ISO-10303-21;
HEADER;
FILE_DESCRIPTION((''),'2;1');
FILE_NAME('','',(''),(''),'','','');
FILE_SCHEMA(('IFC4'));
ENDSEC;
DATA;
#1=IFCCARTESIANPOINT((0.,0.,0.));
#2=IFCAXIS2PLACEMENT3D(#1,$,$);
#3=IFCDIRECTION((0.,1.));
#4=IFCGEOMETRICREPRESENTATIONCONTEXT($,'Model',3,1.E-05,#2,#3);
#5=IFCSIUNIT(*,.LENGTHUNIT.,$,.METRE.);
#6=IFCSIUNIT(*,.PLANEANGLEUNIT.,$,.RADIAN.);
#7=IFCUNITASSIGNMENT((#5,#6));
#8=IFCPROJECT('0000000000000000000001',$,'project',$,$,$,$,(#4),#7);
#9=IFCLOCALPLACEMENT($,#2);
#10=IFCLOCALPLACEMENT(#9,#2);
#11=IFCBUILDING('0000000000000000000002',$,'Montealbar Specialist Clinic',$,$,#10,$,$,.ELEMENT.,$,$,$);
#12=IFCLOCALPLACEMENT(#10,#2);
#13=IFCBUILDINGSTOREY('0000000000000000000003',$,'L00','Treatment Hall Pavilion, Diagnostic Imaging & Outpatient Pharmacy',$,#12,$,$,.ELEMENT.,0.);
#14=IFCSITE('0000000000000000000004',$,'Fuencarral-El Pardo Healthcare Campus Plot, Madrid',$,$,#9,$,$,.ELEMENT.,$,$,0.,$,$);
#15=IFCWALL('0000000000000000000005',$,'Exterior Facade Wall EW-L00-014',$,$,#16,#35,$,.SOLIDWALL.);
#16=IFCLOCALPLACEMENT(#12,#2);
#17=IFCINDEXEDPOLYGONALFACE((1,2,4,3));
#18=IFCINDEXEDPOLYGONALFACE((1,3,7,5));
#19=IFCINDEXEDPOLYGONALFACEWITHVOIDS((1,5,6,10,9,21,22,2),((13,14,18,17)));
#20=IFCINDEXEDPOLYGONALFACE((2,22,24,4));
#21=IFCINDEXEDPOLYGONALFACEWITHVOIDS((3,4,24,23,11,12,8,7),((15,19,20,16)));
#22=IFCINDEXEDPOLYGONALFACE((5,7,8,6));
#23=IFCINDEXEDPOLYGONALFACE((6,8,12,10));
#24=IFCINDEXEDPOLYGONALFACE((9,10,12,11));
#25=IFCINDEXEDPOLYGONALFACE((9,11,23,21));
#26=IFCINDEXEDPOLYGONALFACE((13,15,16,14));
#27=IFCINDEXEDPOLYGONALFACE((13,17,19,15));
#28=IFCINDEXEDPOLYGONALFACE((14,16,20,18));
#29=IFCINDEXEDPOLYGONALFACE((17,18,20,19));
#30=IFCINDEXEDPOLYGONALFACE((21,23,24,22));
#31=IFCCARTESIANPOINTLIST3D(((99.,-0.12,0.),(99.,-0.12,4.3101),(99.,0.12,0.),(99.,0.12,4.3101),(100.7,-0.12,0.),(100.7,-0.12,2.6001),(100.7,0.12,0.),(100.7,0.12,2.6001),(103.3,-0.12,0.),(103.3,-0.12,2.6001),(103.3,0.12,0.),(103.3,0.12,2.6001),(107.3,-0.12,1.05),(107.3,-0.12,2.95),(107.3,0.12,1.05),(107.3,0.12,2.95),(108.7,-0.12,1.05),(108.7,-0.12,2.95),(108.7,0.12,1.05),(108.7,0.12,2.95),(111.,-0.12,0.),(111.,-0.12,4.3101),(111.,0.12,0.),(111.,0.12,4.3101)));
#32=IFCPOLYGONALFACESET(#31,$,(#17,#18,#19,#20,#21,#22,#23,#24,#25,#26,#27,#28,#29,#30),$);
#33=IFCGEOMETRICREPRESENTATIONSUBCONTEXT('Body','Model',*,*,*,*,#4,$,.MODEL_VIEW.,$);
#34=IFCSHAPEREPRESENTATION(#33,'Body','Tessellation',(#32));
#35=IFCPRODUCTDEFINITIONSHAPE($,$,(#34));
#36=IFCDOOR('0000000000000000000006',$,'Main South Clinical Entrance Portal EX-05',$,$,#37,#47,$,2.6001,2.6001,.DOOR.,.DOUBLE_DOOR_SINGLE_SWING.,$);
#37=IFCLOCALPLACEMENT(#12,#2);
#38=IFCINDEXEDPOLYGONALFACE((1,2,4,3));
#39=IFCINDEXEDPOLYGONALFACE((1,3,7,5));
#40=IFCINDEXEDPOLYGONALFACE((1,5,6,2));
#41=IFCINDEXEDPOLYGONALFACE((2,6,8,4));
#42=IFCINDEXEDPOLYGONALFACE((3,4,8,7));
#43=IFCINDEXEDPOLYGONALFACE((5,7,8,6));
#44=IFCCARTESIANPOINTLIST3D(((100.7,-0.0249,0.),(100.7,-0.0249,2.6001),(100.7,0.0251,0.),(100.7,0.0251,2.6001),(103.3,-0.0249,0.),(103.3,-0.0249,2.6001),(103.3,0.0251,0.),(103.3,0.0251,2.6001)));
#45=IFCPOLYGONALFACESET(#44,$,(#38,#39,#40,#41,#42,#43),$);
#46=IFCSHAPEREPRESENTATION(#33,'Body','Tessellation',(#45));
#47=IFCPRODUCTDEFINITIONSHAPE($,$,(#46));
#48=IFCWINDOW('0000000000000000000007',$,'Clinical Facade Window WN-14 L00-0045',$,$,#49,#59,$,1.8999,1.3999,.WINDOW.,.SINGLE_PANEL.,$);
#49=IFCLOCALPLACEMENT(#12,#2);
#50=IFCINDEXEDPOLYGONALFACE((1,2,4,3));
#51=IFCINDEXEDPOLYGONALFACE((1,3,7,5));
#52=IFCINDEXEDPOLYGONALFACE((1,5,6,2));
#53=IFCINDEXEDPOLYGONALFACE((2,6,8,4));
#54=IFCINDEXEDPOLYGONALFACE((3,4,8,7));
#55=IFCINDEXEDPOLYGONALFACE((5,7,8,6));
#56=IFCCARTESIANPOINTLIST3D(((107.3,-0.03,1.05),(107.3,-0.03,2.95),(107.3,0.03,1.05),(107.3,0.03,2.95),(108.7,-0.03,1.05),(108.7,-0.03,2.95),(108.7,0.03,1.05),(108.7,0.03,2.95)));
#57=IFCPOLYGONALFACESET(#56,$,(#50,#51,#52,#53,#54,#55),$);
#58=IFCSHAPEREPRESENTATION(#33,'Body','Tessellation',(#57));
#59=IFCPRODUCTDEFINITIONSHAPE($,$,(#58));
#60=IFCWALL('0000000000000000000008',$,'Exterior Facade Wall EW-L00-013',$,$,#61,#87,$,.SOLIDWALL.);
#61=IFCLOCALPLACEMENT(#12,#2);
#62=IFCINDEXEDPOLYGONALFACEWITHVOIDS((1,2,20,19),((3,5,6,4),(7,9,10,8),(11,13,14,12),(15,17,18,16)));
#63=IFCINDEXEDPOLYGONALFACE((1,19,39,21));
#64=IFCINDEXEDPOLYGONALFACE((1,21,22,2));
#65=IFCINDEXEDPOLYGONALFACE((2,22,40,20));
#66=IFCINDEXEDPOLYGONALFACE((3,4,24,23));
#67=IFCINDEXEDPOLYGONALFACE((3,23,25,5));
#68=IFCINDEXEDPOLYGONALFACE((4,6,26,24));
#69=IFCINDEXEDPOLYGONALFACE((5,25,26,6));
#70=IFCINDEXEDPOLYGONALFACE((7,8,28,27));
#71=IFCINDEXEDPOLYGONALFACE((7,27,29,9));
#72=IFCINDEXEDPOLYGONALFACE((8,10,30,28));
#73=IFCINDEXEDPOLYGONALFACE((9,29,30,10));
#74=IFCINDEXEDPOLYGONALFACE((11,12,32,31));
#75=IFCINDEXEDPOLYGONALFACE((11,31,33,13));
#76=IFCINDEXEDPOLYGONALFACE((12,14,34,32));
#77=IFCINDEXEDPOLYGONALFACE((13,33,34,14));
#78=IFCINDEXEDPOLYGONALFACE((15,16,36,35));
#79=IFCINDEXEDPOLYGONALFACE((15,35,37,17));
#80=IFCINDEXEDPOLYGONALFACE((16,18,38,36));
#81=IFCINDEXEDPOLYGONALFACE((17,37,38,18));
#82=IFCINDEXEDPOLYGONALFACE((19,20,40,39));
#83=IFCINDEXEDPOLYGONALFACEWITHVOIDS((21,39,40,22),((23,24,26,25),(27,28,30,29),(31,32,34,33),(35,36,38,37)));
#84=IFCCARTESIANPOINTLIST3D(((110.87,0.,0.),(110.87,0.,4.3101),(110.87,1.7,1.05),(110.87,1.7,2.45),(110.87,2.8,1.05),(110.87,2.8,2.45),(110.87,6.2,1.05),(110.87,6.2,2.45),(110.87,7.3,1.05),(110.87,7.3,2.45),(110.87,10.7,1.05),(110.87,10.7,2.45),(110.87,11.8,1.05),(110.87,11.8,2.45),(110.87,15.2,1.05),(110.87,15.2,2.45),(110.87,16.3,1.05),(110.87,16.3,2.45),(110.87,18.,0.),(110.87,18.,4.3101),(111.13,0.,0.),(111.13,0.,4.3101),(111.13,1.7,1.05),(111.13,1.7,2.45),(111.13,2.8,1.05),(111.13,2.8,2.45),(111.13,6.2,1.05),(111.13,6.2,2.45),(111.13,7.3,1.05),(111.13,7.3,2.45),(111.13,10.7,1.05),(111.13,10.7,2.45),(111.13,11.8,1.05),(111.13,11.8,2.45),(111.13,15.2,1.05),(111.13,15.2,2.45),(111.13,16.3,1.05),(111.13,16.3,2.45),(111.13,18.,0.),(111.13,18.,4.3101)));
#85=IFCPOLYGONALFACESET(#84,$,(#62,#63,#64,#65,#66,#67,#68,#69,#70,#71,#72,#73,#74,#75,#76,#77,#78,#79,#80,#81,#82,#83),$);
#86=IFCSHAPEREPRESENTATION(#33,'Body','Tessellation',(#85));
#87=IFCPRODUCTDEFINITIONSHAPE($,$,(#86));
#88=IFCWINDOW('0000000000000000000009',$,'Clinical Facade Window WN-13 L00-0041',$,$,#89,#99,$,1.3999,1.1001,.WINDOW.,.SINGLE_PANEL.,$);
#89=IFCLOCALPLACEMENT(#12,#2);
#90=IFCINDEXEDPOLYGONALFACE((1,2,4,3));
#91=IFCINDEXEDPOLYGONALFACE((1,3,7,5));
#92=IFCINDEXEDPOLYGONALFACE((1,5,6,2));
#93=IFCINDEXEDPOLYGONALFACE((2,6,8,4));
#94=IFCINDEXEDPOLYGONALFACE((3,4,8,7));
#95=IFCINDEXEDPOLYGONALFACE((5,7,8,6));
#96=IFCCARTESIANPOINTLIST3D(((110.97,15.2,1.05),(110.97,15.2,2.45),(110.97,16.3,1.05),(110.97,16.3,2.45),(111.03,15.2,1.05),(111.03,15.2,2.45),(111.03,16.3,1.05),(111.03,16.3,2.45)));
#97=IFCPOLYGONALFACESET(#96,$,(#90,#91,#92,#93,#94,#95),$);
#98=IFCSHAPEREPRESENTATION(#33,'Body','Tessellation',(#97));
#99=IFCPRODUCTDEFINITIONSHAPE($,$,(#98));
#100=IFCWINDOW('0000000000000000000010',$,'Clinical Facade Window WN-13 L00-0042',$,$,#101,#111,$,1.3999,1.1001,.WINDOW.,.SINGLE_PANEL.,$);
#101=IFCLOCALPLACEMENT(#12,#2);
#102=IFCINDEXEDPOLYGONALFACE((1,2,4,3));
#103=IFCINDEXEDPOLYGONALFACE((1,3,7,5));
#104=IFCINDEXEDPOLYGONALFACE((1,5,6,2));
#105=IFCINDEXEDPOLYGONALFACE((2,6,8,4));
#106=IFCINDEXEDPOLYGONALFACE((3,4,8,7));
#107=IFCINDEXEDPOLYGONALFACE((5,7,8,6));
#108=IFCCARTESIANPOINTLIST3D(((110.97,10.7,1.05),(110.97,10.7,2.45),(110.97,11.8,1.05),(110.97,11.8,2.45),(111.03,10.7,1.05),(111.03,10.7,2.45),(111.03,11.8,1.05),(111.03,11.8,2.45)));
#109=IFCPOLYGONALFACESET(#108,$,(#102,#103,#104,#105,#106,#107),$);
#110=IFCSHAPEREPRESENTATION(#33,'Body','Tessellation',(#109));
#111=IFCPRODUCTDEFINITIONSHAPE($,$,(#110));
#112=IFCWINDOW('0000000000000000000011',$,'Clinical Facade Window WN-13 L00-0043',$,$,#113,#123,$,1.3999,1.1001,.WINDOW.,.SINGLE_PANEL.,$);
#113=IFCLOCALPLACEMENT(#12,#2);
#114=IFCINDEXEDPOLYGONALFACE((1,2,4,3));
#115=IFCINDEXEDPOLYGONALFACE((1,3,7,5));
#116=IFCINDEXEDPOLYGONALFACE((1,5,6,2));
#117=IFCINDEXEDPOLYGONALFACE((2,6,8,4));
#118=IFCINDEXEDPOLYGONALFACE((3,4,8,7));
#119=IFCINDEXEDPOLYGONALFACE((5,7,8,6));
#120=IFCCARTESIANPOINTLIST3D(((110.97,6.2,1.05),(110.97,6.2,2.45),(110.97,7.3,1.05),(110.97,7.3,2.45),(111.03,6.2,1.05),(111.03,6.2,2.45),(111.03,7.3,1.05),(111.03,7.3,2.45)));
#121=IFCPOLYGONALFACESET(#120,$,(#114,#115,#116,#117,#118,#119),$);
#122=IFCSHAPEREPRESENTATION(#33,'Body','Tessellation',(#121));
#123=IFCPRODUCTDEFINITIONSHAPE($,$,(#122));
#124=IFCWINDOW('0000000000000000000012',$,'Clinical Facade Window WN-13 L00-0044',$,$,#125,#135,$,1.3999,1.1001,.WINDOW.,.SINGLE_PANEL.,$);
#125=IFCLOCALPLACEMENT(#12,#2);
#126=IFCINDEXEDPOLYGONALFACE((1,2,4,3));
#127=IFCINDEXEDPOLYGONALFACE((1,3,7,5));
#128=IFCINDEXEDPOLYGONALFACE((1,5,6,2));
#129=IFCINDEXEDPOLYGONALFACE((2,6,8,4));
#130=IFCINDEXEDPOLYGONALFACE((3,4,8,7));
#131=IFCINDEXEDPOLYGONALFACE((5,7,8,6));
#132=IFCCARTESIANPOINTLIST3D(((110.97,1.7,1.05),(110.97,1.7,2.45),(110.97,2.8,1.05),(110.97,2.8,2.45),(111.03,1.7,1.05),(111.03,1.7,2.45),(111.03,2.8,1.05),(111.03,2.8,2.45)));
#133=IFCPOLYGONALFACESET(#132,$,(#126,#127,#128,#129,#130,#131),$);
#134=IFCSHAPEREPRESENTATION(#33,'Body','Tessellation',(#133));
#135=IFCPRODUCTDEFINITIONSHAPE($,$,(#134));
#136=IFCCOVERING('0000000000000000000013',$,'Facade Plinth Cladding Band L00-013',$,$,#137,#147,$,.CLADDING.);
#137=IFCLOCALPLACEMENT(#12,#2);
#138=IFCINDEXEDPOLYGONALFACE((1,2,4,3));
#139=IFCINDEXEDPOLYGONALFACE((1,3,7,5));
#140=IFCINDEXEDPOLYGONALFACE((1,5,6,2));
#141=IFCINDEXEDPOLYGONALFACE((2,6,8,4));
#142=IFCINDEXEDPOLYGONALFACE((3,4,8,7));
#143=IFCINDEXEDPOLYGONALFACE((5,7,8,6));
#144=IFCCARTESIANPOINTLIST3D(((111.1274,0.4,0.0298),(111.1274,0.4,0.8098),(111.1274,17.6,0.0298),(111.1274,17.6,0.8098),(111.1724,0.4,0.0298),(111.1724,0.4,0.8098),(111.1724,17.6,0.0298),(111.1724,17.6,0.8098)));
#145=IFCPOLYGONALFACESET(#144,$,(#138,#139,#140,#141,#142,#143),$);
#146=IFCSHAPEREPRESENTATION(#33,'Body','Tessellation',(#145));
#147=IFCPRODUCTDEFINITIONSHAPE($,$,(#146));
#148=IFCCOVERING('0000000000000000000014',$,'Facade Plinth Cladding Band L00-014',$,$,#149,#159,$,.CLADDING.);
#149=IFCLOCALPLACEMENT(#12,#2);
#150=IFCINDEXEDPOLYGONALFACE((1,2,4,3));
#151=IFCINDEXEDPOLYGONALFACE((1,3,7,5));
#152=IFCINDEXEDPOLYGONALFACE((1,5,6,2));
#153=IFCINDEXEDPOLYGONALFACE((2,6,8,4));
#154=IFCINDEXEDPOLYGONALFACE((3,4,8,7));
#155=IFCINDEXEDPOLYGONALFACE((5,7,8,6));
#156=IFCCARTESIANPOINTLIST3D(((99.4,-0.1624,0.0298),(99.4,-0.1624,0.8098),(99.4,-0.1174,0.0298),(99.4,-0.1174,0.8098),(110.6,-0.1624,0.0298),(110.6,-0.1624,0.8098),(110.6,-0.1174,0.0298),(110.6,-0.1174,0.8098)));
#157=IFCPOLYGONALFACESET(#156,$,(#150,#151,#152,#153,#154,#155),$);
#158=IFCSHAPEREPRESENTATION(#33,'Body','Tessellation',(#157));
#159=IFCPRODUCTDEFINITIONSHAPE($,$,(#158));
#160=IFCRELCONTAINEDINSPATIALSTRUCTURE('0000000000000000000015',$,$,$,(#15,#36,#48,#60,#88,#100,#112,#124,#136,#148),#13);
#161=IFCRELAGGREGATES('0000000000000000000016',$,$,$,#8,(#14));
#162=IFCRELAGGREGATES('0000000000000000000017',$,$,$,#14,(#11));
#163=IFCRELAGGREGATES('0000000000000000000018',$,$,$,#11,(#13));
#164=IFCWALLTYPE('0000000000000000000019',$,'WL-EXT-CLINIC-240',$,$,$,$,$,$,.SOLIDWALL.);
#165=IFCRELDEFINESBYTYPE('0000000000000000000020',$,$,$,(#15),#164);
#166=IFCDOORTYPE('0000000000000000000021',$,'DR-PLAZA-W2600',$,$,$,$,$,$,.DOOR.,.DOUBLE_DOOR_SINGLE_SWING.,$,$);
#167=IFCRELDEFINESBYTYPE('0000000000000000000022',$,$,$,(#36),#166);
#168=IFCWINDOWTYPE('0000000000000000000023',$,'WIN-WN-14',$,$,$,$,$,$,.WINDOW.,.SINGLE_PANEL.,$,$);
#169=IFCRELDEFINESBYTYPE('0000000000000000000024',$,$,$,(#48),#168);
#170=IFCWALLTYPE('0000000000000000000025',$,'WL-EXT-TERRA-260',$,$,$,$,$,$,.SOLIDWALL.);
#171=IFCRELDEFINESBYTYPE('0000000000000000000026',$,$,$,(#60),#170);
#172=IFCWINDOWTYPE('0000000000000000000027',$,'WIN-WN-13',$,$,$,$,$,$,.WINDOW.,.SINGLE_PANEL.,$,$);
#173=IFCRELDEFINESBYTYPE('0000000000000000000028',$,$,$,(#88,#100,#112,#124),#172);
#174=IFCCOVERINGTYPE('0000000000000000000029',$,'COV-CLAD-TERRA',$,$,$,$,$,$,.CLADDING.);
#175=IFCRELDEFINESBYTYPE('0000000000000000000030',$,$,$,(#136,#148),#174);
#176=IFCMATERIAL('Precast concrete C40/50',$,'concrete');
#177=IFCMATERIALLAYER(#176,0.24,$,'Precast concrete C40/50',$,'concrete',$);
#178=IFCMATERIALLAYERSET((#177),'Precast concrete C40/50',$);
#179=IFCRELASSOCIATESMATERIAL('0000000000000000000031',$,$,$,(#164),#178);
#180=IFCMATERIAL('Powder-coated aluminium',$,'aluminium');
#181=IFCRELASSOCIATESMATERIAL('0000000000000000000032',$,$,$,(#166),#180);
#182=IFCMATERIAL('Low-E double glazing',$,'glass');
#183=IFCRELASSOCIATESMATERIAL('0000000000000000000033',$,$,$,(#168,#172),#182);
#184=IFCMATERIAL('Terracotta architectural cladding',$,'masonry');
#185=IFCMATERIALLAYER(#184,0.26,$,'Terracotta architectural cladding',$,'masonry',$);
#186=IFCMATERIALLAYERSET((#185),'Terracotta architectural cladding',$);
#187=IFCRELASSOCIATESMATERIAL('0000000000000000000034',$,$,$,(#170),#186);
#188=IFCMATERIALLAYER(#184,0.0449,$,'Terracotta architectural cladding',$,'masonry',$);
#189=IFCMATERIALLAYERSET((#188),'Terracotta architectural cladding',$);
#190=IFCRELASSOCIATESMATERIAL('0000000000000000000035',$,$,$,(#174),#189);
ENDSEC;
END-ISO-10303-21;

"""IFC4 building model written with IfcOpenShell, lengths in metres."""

from ifc_helpers import new_model, si_unit, direction, frame, frame_2d, origin, origin_2d, place, context, subcontext, project, spatial, rectangle, extrude, material, layer, layer_set, type_object, element, fill, save


model = new_model("IFC4")

# Units and contexts
model_context = context("Model", 3, precision=1e-05, world=origin(), true_north=direction((0.0, 1.0)))
body_context = subcontext(model_context, "Body", "Model", "MODEL_VIEW")
ifc_project = project(units=[si_unit("LENGTHUNIT", "METRE"), si_unit("PLANEANGLEUNIT", "RADIAN")], contexts=[model_context])

# Site, building, storey
site_placement = place(None, origin())
site = spatial("IfcSite", under=ifc_project, at=site_placement, Name="Fuencarral-El Pardo Healthcare Campus Plot, Madrid", CompositionType="ELEMENT", RefElevation=0.0)
building_placement = place(site_placement, origin())
building = spatial("IfcBuilding", under=site, at=building_placement, Name="Montealbar Specialist Clinic", CompositionType="ELEMENT")
storey_placement = place(building_placement, origin())
storey = spatial("IfcBuildingStorey", under=building, at=storey_placement, Name="L00", Description="Treatment Hall Pavilion, Diagnostic Imaging & Outpatient Pharmacy", CompositionType="ELEMENT", Elevation=0.0)

# Wall, openings, door, window
ifc_material_1 = material(Name="Precast concrete C40/50", Category="concrete")
ifc_layer_1 = layer(ifc_material_1, 0.24, Name="Precast concrete C40/50", Category="concrete")
ifc_layer_set_1 = layer_set([ifc_layer_1], Name="Precast concrete C40/50")
wall_type_1 = type_object("IfcWallType", Name="WL-EXT-CLINIC-240", PredefinedType="SOLIDWALL", material=ifc_layer_set_1)
wall_1_placement = place(storey_placement, frame((111.0, 0.0, 0.0), z_axis=(0.0, 0.0, 1.0), x_axis=(-1.0, 0.0, 0.0)))
wall_1 = element("IfcWall", 1, at=wall_1_placement, inside=storey, type_object=wall_type_1, Name="Exterior Facade Wall EW-L00-014", PredefinedType="SOLIDWALL", context=body_context, shape_type="SweptSolid", body=[
    extrude(rectangle(XDim=12.0, YDim=0.24, at=frame_2d((6.0, 0.0))), origin(), (0.0, 0.0, 1.0), 4.3101),
])
opening_1_placement = place(wall_1_placement, frame((7.7, 0.0, 0.0)))
opening_1 = element("IfcOpeningElement", 2, at=opening_1_placement, cuts=wall_1, PredefinedType="OPENING", context=body_context, shape_type="SweptSolid", body=[
    extrude(rectangle(XDim=2.6001, YDim=2.6001, at=frame_2d((1.3, 1.3))), frame((0.0, 0.1299, 0.0), z_axis=(0.0, -1.0, 0.0), x_axis=(1.0, 0.0, 0.0)), (0.0, 0.0, 1.0), 0.26),
])
opening_2_placement = place(wall_1_placement, frame((2.3, 0.0, 1.05)))
opening_2 = element("IfcOpeningElement", 3, at=opening_2_placement, cuts=wall_1, PredefinedType="OPENING", context=body_context, shape_type="SweptSolid", body=[
    extrude(rectangle(XDim=1.3999, YDim=1.8999, at=frame_2d((0.7, 0.95))), frame((0.0, 0.1299, 0.0), z_axis=(0.0, -1.0, 0.0), x_axis=(1.0, 0.0, 0.0)), (0.0, 0.0, 1.0), 0.26),
])
ifc_material_2 = material(Name="Powder-coated aluminium", Category="aluminium")
door_type = type_object("IfcDoorType", Name="DR-PLAZA-W2600", OperationType="DOUBLE_DOOR_SINGLE_SWING", PredefinedType="DOOR", material=ifc_material_2)
door_placement = place(opening_1_placement, origin())
door = element("IfcDoor", 4, at=door_placement, inside=storey, type_object=door_type, Name="Main South Clinical Entrance Portal EX-05", OperationType="DOUBLE_DOOR_SINGLE_SWING", OverallHeight=2.6001, OverallWidth=2.6001, PredefinedType="DOOR", context=body_context, shape_type="SweptSolid", body=[
    extrude(rectangle(XDim=2.6001, YDim=2.6001, at=frame_2d((1.3, 1.3))), frame((0.0, 0.0249, 0.0), z_axis=(0.0, -1.0, 0.0), x_axis=(1.0, 0.0, 0.0)), (0.0, 0.0, 1.0), 0.05),
])
fill(opening_1, door)
ifc_material_3 = material(Name="Low-E double glazing", Category="glass")
window_type_1 = type_object("IfcWindowType", Name="WIN-WN-14", PartitioningType="SINGLE_PANEL", PredefinedType="WINDOW", material=ifc_material_3)
window_1_placement = place(opening_2_placement, origin())
window_1 = element("IfcWindow", 5, at=window_1_placement, inside=storey, type_object=window_type_1, Name="Clinical Facade Window WN-14 L00-0045", OverallHeight=1.8999, OverallWidth=1.3999, PartitioningType="SINGLE_PANEL", PredefinedType="WINDOW", context=body_context, shape_type="SweptSolid", body=[
    extrude(rectangle(XDim=1.3999, YDim=1.8999, at=frame_2d((0.7, 0.95))), frame((0.0, 0.03, 0.0), z_axis=(0.0, -1.0, 0.0), x_axis=(1.0, 0.0, 0.0)), (0.0, 0.0, 1.0), 0.0601),
])
fill(opening_2, window_1)

# Wall, openings, windows
ifc_material_4 = material(Name="Terracotta architectural cladding", Category="masonry")
ifc_layer_2 = layer(ifc_material_4, 0.26, Name="Terracotta architectural cladding", Category="masonry")
ifc_layer_set_2 = layer_set([ifc_layer_2], Name="Terracotta architectural cladding")
wall_type_2 = type_object("IfcWallType", Name="WL-EXT-TERRA-260", PredefinedType="SOLIDWALL", material=ifc_layer_set_2)
wall_2_placement = place(storey_placement, frame((111.0, 18.0, 0.0), z_axis=(0.0, 0.0, 1.0), x_axis=(0.0, -1.0, 0.0)))
wall_2 = element("IfcWall", 6, at=wall_2_placement, inside=storey, type_object=wall_type_2, Name="Exterior Facade Wall EW-L00-013", PredefinedType="SOLIDWALL", context=body_context, shape_type="SweptSolid", body=[
    extrude(rectangle(XDim=18.0, YDim=0.26, at=frame_2d((9.0, 0.0))), origin(), (0.0, 0.0, 1.0), 4.3101),
])
opening_3_placement = place(wall_2_placement, frame((1.7, 0.0, 1.05)))
opening_3 = element("IfcOpeningElement", 7, at=opening_3_placement, cuts=wall_2, PredefinedType="OPENING", context=body_context, shape_type="SweptSolid", body=[
    extrude(rectangle(XDim=1.1001, YDim=1.3999, at=frame_2d((0.55, 0.7))), frame((0.0, 0.1399, 0.0), z_axis=(0.0, -1.0, 0.0), x_axis=(1.0, 0.0, 0.0)), (0.0, 0.0, 1.0), 0.28),
])
opening_4_placement = place(wall_2_placement, frame((6.2, 0.0, 1.05)))
opening_4 = element("IfcOpeningElement", 8, at=opening_4_placement, cuts=wall_2, PredefinedType="OPENING", context=body_context, shape_type="SweptSolid", body=[
    extrude(rectangle(XDim=1.1001, YDim=1.3999, at=frame_2d((0.55, 0.7))), frame((0.0, 0.1399, 0.0), z_axis=(0.0, -1.0, 0.0), x_axis=(1.0, 0.0, 0.0)), (0.0, 0.0, 1.0), 0.28),
])
opening_5_placement = place(wall_2_placement, frame((10.7, 0.0, 1.05)))
opening_5 = element("IfcOpeningElement", 9, at=opening_5_placement, cuts=wall_2, PredefinedType="OPENING", context=body_context, shape_type="SweptSolid", body=[
    extrude(rectangle(XDim=1.1001, YDim=1.3999, at=frame_2d((0.55, 0.7))), frame((0.0, 0.1399, 0.0), z_axis=(0.0, -1.0, 0.0), x_axis=(1.0, 0.0, 0.0)), (0.0, 0.0, 1.0), 0.28),
])
opening_6_placement = place(wall_2_placement, frame((15.2, 0.0, 1.05)))
opening_6 = element("IfcOpeningElement", 10, at=opening_6_placement, cuts=wall_2, PredefinedType="OPENING", context=body_context, shape_type="SweptSolid", body=[
    extrude(rectangle(XDim=1.1001, YDim=1.3999, at=frame_2d((0.55, 0.7))), frame((0.0, 0.1399, 0.0), z_axis=(0.0, -1.0, 0.0), x_axis=(1.0, 0.0, 0.0)), (0.0, 0.0, 1.0), 0.28),
])
window_type_2 = type_object("IfcWindowType", Name="WIN-WN-13", PartitioningType="SINGLE_PANEL", PredefinedType="WINDOW", material=ifc_material_3)
window_2_placement = place(opening_3_placement, origin())
window_2 = element("IfcWindow", 11, at=window_2_placement, inside=storey, type_object=window_type_2, Name="Clinical Facade Window WN-13 L00-0041", OverallHeight=1.3999, OverallWidth=1.1001, PartitioningType="SINGLE_PANEL", PredefinedType="WINDOW", context=body_context, shape_type="SweptSolid", body=[
    extrude(rectangle(XDim=1.1001, YDim=1.3999, at=frame_2d((0.55, 0.7))), frame((0.0, 0.03, 0.0), z_axis=(0.0, -1.0, 0.0), x_axis=(1.0, 0.0, 0.0)), (0.0, 0.0, 1.0), 0.0601),
])
fill(opening_3, window_2)
window_3_placement = place(opening_4_placement, origin())
window_3 = element("IfcWindow", 12, at=window_3_placement, inside=storey, type_object=window_type_2, Name="Clinical Facade Window WN-13 L00-0042", OverallHeight=1.3999, OverallWidth=1.1001, PartitioningType="SINGLE_PANEL", PredefinedType="WINDOW", context=body_context, shape_type="SweptSolid", body=[
    extrude(rectangle(XDim=1.1001, YDim=1.3999, at=frame_2d((0.55, 0.7))), frame((0.0, 0.03, 0.0), z_axis=(0.0, -1.0, 0.0), x_axis=(1.0, 0.0, 0.0)), (0.0, 0.0, 1.0), 0.0601),
])
fill(opening_4, window_3)
window_4_placement = place(opening_5_placement, origin())
window_4 = element("IfcWindow", 13, at=window_4_placement, inside=storey, type_object=window_type_2, Name="Clinical Facade Window WN-13 L00-0043", OverallHeight=1.3999, OverallWidth=1.1001, PartitioningType="SINGLE_PANEL", PredefinedType="WINDOW", context=body_context, shape_type="SweptSolid", body=[
    extrude(rectangle(XDim=1.1001, YDim=1.3999, at=frame_2d((0.55, 0.7))), frame((0.0, 0.03, 0.0), z_axis=(0.0, -1.0, 0.0), x_axis=(1.0, 0.0, 0.0)), (0.0, 0.0, 1.0), 0.0601),
])
fill(opening_5, window_4)
window_5_placement = place(opening_6_placement, origin())
window_5 = element("IfcWindow", 14, at=window_5_placement, inside=storey, type_object=window_type_2, Name="Clinical Facade Window WN-13 L00-0044", OverallHeight=1.3999, OverallWidth=1.1001, PartitioningType="SINGLE_PANEL", PredefinedType="WINDOW", context=body_context, shape_type="SweptSolid", body=[
    extrude(rectangle(XDim=1.1001, YDim=1.3999, at=frame_2d((0.55, 0.7))), frame((0.0, 0.03, 0.0), z_axis=(0.0, -1.0, 0.0), x_axis=(1.0, 0.0, 0.0)), (0.0, 0.0, 1.0), 0.0601),
])
fill(opening_6, window_5)

# Coverings
ifc_layer_3 = layer(ifc_material_4, 0.0449, Name="Terracotta architectural cladding", Category="masonry")
ifc_layer_set_3 = layer_set([ifc_layer_3], Name="Terracotta architectural cladding")
covering_type = type_object("IfcCoveringType", Name="COV-CLAD-TERRA", PredefinedType="CLADDING", material=ifc_layer_set_3)
covering_1_placement = place(storey_placement, frame((111.1499, 9.0, 0.0298), z_axis=(0.0, 0.0, 1.0), x_axis=(0.0, -1.0, 0.0)))
element("IfcCovering", 15, at=covering_1_placement, inside=storey, type_object=covering_type, Name="Facade Plinth Cladding Band L00-013", PredefinedType="CLADDING", context=body_context, shape_type="SweptSolid", body=[
    extrude(rectangle(XDim=17.2, YDim=0.0449, at=origin_2d()), origin(), (0.0, 0.0, 1.0), 0.78),
])
covering_2_placement = place(storey_placement, frame((105.0, -0.1399, 0.0298), z_axis=(0.0, 0.0, 1.0), x_axis=(-1.0, 0.0, 0.0)))
element("IfcCovering", 16, at=covering_2_placement, inside=storey, type_object=covering_type, Name="Facade Plinth Cladding Band L00-014", PredefinedType="CLADDING", context=body_context, shape_type="SweptSolid", body=[
    extrude(rectangle(XDim=11.2, YDim=0.0449, at=origin_2d()), origin(), (0.0, 0.0, 1.0), 0.78),
])

save(model, "model.ifc")
